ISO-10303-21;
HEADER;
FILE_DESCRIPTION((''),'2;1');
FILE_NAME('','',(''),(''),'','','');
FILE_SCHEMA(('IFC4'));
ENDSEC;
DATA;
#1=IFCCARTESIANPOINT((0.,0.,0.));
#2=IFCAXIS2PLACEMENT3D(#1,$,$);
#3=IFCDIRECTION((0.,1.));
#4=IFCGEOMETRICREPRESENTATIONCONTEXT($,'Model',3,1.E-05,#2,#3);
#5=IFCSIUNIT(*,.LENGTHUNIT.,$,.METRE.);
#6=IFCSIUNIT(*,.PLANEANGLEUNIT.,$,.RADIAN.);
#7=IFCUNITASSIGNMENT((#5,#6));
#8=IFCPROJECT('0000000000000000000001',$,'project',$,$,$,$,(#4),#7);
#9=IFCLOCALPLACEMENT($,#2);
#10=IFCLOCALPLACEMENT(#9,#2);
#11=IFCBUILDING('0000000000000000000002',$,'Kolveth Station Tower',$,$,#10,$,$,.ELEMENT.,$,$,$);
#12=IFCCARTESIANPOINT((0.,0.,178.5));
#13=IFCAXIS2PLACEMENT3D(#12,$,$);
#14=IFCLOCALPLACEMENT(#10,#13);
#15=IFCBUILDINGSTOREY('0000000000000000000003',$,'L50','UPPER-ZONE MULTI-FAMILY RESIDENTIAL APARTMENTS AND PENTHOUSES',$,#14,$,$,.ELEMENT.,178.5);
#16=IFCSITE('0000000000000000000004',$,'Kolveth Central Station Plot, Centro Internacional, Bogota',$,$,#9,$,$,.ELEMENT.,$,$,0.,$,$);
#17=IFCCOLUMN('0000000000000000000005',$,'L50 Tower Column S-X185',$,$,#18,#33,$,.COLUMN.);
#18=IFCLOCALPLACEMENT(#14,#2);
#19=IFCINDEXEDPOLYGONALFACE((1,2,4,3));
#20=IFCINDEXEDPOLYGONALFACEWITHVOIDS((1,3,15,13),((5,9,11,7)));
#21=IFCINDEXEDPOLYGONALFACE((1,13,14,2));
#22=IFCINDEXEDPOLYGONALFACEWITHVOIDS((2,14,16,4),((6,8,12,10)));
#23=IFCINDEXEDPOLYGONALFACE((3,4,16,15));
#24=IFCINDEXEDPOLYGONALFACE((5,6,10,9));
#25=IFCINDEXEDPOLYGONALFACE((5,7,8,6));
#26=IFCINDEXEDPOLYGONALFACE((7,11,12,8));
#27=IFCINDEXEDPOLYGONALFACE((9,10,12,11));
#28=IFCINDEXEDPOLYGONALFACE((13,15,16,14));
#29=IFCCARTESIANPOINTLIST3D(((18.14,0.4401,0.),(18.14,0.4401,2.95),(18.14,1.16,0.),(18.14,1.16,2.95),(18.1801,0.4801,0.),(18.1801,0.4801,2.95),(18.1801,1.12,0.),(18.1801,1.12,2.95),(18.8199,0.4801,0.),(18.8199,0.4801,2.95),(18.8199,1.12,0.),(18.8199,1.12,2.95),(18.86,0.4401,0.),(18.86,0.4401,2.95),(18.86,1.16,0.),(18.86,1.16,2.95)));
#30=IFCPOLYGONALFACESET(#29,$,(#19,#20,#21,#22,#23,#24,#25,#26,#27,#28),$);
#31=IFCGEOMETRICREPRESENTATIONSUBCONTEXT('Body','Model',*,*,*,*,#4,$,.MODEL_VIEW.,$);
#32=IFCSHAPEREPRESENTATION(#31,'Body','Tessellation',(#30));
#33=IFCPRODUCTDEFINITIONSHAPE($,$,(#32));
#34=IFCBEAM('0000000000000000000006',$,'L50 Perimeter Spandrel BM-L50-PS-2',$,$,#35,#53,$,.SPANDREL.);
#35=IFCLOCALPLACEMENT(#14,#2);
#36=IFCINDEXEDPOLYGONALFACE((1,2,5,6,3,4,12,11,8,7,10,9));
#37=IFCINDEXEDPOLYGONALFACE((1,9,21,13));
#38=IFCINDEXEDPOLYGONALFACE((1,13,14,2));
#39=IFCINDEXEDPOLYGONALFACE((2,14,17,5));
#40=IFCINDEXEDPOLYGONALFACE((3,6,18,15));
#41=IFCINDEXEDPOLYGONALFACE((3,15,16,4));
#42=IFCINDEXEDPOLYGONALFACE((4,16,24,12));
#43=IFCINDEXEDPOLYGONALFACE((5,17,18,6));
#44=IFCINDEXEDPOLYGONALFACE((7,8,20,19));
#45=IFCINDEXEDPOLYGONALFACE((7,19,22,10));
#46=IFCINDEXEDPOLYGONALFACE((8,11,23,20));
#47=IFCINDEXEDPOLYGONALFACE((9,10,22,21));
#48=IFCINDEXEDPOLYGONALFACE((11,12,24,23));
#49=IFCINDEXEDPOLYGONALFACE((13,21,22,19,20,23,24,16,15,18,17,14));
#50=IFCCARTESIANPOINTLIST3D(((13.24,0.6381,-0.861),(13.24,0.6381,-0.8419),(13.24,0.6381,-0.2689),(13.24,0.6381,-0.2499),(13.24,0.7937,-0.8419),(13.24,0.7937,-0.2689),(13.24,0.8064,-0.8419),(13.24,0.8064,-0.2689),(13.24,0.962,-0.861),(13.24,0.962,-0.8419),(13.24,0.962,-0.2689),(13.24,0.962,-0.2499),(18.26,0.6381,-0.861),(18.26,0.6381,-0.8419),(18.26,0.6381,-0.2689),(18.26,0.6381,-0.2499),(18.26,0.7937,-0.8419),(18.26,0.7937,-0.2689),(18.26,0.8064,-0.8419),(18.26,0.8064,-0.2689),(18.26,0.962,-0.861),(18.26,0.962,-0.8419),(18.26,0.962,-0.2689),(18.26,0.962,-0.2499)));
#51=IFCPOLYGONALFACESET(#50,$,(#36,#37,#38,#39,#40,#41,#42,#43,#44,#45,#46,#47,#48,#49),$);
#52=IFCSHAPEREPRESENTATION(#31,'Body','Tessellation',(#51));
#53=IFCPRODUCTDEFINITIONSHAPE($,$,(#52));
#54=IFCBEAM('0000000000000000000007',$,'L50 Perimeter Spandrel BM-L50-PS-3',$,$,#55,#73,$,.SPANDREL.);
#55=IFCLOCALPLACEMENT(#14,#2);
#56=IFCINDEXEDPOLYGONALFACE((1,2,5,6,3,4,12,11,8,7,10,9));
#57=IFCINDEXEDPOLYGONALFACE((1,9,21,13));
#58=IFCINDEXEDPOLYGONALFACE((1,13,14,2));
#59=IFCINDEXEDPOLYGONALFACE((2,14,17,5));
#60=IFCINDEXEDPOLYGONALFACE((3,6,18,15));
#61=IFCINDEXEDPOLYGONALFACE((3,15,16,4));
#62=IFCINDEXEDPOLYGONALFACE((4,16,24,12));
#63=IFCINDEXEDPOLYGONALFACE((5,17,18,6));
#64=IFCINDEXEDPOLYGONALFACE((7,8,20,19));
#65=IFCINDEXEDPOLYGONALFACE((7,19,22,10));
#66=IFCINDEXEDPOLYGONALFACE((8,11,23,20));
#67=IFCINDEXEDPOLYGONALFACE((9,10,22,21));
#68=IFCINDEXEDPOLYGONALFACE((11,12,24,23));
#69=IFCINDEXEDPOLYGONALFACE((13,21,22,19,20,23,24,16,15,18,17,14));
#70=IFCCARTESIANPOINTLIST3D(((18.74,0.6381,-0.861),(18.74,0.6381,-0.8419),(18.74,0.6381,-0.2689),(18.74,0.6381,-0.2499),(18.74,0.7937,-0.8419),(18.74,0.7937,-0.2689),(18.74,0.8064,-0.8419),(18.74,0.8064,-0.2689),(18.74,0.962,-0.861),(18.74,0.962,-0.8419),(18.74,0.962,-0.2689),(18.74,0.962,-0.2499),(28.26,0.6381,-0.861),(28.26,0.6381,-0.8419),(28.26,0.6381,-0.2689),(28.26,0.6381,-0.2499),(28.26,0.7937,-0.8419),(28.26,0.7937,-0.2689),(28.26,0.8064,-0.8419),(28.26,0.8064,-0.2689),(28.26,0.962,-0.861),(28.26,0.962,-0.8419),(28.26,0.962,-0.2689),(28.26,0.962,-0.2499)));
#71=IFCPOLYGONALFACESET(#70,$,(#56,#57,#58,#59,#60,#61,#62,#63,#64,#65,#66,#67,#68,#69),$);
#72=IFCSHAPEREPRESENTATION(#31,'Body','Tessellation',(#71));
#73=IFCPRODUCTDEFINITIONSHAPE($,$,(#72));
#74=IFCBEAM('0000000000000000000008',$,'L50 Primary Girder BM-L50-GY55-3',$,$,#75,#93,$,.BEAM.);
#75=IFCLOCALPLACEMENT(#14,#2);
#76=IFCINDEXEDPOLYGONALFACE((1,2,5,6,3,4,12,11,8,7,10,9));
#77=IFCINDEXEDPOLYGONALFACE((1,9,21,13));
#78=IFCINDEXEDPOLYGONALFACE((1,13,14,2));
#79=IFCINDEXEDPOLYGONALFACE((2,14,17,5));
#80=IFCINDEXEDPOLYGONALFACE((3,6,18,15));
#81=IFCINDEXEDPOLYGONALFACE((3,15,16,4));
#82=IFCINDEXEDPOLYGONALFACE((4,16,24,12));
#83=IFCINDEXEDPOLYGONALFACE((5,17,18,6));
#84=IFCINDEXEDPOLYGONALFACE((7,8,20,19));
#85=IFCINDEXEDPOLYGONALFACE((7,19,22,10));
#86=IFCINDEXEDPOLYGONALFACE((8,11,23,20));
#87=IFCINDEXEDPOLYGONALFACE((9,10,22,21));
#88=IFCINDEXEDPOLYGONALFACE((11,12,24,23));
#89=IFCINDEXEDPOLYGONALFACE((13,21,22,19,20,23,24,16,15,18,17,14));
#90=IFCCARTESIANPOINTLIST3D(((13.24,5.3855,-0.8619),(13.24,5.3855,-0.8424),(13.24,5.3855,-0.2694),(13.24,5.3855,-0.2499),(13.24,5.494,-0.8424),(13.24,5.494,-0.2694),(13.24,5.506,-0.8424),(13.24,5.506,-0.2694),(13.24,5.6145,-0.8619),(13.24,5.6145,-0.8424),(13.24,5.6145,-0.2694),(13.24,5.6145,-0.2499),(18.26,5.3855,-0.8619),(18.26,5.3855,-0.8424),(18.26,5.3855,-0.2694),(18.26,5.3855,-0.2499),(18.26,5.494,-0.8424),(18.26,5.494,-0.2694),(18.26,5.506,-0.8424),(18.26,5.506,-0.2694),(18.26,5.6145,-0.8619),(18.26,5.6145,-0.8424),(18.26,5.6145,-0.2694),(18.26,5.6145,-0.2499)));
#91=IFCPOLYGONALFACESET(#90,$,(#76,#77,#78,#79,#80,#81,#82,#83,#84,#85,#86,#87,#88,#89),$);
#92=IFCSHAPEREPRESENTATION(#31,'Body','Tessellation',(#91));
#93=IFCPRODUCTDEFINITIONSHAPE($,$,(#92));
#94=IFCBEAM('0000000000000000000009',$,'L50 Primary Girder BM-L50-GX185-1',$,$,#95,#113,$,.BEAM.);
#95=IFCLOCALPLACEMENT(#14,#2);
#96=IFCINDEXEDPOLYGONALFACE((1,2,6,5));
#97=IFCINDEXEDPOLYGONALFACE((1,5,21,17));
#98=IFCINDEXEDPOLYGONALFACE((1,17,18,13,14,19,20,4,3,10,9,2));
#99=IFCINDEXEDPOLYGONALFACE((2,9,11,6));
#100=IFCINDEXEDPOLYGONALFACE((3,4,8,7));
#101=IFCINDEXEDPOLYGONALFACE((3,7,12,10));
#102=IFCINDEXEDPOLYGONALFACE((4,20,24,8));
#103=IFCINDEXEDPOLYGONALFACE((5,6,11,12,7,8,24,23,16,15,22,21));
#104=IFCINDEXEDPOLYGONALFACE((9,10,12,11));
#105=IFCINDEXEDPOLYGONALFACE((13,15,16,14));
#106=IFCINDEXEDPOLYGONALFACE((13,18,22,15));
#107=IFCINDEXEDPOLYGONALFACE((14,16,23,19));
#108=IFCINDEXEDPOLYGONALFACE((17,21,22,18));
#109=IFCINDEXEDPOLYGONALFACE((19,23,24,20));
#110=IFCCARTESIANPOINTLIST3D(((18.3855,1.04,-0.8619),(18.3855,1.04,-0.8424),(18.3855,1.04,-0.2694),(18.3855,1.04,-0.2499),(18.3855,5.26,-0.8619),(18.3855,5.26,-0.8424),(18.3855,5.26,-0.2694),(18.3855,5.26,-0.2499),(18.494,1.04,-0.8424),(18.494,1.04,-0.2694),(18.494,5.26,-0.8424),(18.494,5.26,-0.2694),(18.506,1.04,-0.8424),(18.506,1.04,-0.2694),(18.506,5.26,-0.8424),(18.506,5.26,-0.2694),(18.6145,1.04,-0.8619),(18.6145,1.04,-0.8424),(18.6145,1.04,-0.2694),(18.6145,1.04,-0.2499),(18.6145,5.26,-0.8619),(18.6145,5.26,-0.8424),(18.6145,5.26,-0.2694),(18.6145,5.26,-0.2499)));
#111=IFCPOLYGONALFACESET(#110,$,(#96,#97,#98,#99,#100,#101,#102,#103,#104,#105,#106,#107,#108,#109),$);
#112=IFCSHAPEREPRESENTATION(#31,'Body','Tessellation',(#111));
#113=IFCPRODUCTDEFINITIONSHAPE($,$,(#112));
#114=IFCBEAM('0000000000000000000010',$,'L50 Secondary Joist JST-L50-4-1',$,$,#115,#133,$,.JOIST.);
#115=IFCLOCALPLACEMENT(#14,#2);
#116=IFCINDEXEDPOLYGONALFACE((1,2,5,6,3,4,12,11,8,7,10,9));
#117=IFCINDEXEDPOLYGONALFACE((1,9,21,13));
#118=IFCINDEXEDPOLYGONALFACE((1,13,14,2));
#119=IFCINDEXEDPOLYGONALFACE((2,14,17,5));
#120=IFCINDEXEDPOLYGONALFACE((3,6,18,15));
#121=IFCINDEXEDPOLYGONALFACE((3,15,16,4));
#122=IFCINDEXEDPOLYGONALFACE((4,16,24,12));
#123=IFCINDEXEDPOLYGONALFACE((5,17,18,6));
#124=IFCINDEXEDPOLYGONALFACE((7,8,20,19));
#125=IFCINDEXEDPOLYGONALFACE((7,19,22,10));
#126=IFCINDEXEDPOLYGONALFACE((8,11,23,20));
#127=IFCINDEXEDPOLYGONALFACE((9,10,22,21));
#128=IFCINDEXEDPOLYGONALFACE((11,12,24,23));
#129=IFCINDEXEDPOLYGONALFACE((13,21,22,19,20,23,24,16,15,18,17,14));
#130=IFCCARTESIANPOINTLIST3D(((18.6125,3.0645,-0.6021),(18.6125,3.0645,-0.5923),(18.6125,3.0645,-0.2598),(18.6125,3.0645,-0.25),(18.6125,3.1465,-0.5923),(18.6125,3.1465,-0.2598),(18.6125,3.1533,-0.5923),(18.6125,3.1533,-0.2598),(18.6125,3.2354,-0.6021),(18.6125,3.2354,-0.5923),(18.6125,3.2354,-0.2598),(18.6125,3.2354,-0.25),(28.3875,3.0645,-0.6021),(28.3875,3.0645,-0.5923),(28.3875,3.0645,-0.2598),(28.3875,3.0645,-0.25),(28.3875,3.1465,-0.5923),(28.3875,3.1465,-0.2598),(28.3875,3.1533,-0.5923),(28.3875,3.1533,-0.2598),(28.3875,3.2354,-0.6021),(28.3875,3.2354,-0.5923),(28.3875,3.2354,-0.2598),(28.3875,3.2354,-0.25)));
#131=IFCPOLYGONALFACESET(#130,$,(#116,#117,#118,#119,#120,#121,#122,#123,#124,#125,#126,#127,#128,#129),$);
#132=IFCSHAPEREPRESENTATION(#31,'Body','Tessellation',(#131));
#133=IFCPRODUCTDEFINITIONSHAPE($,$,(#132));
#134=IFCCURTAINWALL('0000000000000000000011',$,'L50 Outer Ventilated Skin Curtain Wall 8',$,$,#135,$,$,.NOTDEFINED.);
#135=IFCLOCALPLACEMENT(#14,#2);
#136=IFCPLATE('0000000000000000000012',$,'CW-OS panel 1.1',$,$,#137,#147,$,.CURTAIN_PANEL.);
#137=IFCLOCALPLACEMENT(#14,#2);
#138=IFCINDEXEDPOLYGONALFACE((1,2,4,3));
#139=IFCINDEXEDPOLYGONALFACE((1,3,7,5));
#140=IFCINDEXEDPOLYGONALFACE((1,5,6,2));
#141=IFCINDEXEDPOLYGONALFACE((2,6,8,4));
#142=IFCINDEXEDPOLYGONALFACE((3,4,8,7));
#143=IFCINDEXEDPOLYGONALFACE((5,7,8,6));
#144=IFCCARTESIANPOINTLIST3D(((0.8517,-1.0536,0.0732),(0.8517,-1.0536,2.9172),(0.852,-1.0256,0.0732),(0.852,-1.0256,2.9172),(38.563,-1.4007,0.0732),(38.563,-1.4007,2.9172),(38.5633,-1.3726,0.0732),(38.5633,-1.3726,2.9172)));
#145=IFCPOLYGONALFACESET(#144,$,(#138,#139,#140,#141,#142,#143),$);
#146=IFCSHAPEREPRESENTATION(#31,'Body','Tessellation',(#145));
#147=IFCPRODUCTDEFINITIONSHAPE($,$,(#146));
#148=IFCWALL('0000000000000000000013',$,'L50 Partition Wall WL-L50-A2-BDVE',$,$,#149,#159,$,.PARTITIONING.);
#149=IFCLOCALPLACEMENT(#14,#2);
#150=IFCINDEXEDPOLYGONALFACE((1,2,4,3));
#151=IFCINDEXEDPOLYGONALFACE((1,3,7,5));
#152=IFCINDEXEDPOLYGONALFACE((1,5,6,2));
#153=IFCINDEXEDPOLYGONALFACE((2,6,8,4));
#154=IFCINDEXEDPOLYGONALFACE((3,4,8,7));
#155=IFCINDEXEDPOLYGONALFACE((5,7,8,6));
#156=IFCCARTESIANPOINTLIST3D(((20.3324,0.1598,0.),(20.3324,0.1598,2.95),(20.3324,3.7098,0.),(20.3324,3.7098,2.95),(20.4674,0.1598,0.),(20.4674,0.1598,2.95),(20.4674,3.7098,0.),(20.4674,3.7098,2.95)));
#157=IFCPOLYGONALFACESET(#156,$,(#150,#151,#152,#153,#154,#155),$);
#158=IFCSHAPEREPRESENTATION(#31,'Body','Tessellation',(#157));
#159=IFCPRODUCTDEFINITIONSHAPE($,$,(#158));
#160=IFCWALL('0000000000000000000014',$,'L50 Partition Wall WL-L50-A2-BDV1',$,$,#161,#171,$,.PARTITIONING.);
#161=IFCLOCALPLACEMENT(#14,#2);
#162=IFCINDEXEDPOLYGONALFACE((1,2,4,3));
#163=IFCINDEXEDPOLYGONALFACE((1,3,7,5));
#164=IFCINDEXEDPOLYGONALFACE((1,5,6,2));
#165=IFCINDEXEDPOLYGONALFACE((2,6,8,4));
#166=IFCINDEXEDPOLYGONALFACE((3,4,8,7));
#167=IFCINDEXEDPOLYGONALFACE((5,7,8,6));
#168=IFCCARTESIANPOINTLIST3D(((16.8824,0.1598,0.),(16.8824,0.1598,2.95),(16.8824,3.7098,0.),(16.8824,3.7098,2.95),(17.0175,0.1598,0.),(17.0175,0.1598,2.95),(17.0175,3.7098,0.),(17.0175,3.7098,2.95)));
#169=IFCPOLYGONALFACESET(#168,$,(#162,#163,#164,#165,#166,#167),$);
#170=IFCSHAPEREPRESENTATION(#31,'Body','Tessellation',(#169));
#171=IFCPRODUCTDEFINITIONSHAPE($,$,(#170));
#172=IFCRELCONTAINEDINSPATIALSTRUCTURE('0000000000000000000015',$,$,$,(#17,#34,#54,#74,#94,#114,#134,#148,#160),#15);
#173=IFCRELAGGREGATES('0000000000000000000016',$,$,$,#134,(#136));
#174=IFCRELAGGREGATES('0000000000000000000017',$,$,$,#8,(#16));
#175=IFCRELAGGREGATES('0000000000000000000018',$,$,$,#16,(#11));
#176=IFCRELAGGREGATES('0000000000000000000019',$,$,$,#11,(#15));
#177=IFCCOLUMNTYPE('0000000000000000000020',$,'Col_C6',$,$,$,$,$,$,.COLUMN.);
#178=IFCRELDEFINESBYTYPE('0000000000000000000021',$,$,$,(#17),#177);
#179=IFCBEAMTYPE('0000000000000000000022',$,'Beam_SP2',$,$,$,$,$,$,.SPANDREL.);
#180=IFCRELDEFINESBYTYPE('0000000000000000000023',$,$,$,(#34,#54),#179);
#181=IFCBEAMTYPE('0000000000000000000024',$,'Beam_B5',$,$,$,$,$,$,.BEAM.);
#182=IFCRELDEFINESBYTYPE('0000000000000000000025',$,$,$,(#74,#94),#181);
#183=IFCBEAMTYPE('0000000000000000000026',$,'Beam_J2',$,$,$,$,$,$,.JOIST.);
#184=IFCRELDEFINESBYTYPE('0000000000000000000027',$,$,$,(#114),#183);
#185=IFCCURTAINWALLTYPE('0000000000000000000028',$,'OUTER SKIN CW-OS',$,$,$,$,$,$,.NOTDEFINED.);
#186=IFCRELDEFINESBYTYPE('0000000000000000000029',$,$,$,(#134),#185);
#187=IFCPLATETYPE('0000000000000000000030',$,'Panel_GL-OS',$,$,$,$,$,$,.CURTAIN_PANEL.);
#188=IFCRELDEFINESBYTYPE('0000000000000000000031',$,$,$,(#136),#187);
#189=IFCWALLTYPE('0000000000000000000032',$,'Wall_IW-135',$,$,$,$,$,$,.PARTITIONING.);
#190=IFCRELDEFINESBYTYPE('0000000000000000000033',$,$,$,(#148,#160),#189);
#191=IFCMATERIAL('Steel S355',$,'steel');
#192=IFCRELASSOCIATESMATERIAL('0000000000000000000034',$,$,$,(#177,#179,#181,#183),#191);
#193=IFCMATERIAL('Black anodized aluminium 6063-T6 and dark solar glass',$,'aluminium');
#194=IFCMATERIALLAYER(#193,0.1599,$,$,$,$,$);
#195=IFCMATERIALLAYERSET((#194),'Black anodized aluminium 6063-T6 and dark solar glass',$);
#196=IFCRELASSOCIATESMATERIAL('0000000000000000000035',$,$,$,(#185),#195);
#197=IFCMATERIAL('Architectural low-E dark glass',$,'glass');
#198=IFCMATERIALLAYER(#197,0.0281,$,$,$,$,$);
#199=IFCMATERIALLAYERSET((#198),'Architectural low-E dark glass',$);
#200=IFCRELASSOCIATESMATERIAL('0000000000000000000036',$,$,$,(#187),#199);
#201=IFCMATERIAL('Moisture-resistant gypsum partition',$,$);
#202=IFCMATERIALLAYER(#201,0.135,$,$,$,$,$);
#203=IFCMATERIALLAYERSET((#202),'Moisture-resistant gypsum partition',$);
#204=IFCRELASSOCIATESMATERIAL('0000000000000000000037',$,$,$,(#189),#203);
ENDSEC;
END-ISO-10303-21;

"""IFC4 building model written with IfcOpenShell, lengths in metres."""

from ifc_helpers import new_model, si_unit, direction, frame, frame_2d, origin, origin_2d, place, context, subcontext, project, spatial, rectangle, hollow_rectangle, i_section, extrude, source, transform, mapped, material, layer, layer_set, material_profile, profile_set, type_object, element, aggregate, save


model = new_model("IFC4")

# Units and contexts
model_context = context("Model", 3, precision=1e-05, world=origin(), true_north=direction((0.0, 1.0)))
body_context = subcontext(model_context, "Body", "Model", "MODEL_VIEW")
ifc_project = project(units=[si_unit("LENGTHUNIT", "METRE"), si_unit("PLANEANGLEUNIT", "RADIAN")], contexts=[model_context])

# Site, building, storey
site_placement = place(None, origin())
site = spatial("IfcSite", under=ifc_project, at=site_placement, Name="Kolveth Central Station Plot, Centro Internacional, Bogota", CompositionType="ELEMENT", RefElevation=0.0)
building_placement = place(site_placement, origin())
building = spatial("IfcBuilding", under=site, at=building_placement, Name="Kolveth Station Tower", CompositionType="ELEMENT")
storey_placement = place(building_placement, frame((0.0, 0.0, 178.5)))
storey = spatial("IfcBuildingStorey", under=building, at=storey_placement, Name="L50", Description="UPPER-ZONE MULTI-FAMILY RESIDENTIAL APARTMENTS AND PENTHOUSES", CompositionType="ELEMENT", Elevation=178.5)

# Column
ifc_material_1 = material(Name="Steel S355", Category="steel")
ifc_material_profile_1 = material_profile(ifc_material_1, hollow_rectangle(XDim=0.72, YDim=0.72, WallThickness=0.04, at=origin_2d()), Name="BOX720x720x40")
ifc_profile_set_1 = profile_set([ifc_material_profile_1], Name="Steel S355")
column_type = type_object("IfcColumnType", Name="Col_C6", PredefinedType="COLUMN", material=ifc_profile_set_1)
shared_shape_1 = source(origin(), body_context, "Body", "SweptSolid", [
    extrude(hollow_rectangle(XDim=0.72, YDim=0.72, WallThickness=0.04, at=origin_2d()), origin(), (0.0, 0.0, 1.0), 2.95),
])
column_placement = place(storey_placement, frame((18.5, 0.8, 0.0), z_axis=(0.0, 0.0, 1.0), x_axis=(1.0, 0.0, 0.0)))
element("IfcColumn", 1, at=column_placement, inside=storey, type_object=column_type, Name="L50 Tower Column S-X185", PredefinedType="COLUMN", context=body_context, shape_type="MappedRepresentation", body=[
    mapped(shared_shape_1, transform((0.0, 0.0, 0.0), x_axis=(1.0, 0.0, 0.0), y_axis=(0.0, 1.0, 0.0), z_axis=(0.0, 0.0, 1.0), scale=1.0)),
])

# Beams
ifc_material_profile_2 = material_profile(ifc_material_1, i_section(OverallWidth=0.324, OverallDepth=0.6111, WebThickness=0.0127, FlangeThickness=0.019, at=origin_2d()), Name="W610x155")
ifc_profile_set_2 = profile_set([ifc_material_profile_2], Name="Steel S355")
beam_type_1 = type_object("IfcBeamType", Name="Beam_SP2", PredefinedType="SPANDREL", material=ifc_profile_set_2)
shared_shape_2 = source(origin(), body_context, "Body", "SweptSolid", [
    extrude(i_section(OverallWidth=0.324, OverallDepth=0.6111, WebThickness=0.0127, FlangeThickness=0.019, at=origin_2d()), origin(), (0.0, 0.0, 1.0), 5.02),
])
beam_1_placement = place(storey_placement, frame((13.24, 0.8, -0.5554), z_axis=(1.0, 0.0, 0.0), x_axis=(0.0, 1.0, 0.0)))
element("IfcBeam", 2, at=beam_1_placement, inside=storey, type_object=beam_type_1, Name="L50 Perimeter Spandrel BM-L50-PS-2", PredefinedType="SPANDREL", context=body_context, shape_type="MappedRepresentation", body=[
    mapped(shared_shape_2, transform((0.0, 0.0, 0.0), x_axis=(1.0, 0.0, 0.0), y_axis=(0.0, 1.0, 0.0), z_axis=(0.0, 0.0, 1.0), scale=1.0)),
])
shared_shape_3 = source(origin(), body_context, "Body", "SweptSolid", [
    extrude(i_section(OverallWidth=0.324, OverallDepth=0.6111, WebThickness=0.0127, FlangeThickness=0.019, at=origin_2d()), origin(), (0.0, 0.0, 1.0), 9.52),
])
beam_2_placement = place(storey_placement, frame((18.74, 0.8, -0.5554), z_axis=(1.0, 0.0, 0.0), x_axis=(0.0, 1.0, 0.0)))
element("IfcBeam", 3, at=beam_2_placement, inside=storey, type_object=beam_type_1, Name="L50 Perimeter Spandrel BM-L50-PS-3", PredefinedType="SPANDREL", context=body_context, shape_type="MappedRepresentation", body=[
    mapped(shared_shape_3, transform((0.0, 0.0, 0.0), x_axis=(1.0, 0.0, 0.0), y_axis=(0.0, 1.0, 0.0), z_axis=(0.0, 0.0, 1.0), scale=1.0)),
])
ifc_material_profile_3 = material_profile(ifc_material_1, i_section(OverallWidth=0.229, OverallDepth=0.6121, WebThickness=0.012, FlangeThickness=0.0195, at=origin_2d()), Name="W610x125")
ifc_profile_set_3 = profile_set([ifc_material_profile_3], Name="Steel S355")
beam_type_2 = type_object("IfcBeamType", Name="Beam_B5", PredefinedType="BEAM", material=ifc_profile_set_3)
shared_shape_4 = source(origin(), body_context, "Body", "SweptSolid", [
    extrude(i_section(OverallWidth=0.229, OverallDepth=0.6121, WebThickness=0.012, FlangeThickness=0.0195, at=origin_2d()), origin(), (0.0, 0.0, 1.0), 5.02),
])
beam_3_placement = place(storey_placement, frame((13.24, 5.5, -0.5559), z_axis=(1.0, 0.0, 0.0), x_axis=(0.0, 1.0, 0.0)))
element("IfcBeam", 4, at=beam_3_placement, inside=storey, type_object=beam_type_2, Name="L50 Primary Girder BM-L50-GY55-3", PredefinedType="BEAM", context=body_context, shape_type="MappedRepresentation", body=[
    mapped(shared_shape_4, transform((0.0, 0.0, 0.0), x_axis=(1.0, 0.0, 0.0), y_axis=(0.0, 1.0, 0.0), z_axis=(0.0, 0.0, 1.0), scale=1.0)),
])
shared_shape_5 = source(origin(), body_context, "Body", "SweptSolid", [
    extrude(i_section(OverallWidth=0.229, OverallDepth=0.6121, WebThickness=0.012, FlangeThickness=0.0195, at=origin_2d()), origin(), (0.0, 0.0, 1.0), 4.22),
])
beam_4_placement = place(storey_placement, frame((18.5, 1.04, -0.5559), z_axis=(0.0, 1.0, 0.0), x_axis=(-1.0, 0.0, 0.0)))
element("IfcBeam", 5, at=beam_4_placement, inside=storey, type_object=beam_type_2, Name="L50 Primary Girder BM-L50-GX185-1", PredefinedType="BEAM", context=body_context, shape_type="MappedRepresentation", body=[
    mapped(shared_shape_5, transform((0.0, 0.0, 0.0), x_axis=(1.0, 0.0, 0.0), y_axis=(0.0, 1.0, 0.0), z_axis=(0.0, 0.0, 1.0), scale=1.0)),
])
ifc_material_profile_4 = material_profile(ifc_material_1, i_section(OverallWidth=0.1709, OverallDepth=0.3521, WebThickness=0.0068, FlangeThickness=0.0098, at=origin_2d()), Name="W360x44")
ifc_profile_set_4 = profile_set([ifc_material_profile_4], Name="Steel S355")
beam_type_3 = type_object("IfcBeamType", Name="Beam_J2", PredefinedType="JOIST", material=ifc_profile_set_4)
shared_shape_6 = source(origin(), body_context, "Body", "SweptSolid", [
    extrude(i_section(OverallWidth=0.1709, OverallDepth=0.3521, WebThickness=0.0068, FlangeThickness=0.0098, at=origin_2d()), origin(), (0.0, 0.0, 1.0), 9.7749),
])
beam_5_placement = place(storey_placement, frame((18.6125, 3.1499, -0.426), z_axis=(1.0, 0.0, 0.0), x_axis=(0.0, 1.0, 0.0)))
element("IfcBeam", 6, at=beam_5_placement, inside=storey, type_object=beam_type_3, Name="L50 Secondary Joist JST-L50-4-1", PredefinedType="JOIST", context=body_context, shape_type="MappedRepresentation", body=[
    mapped(shared_shape_6, transform((0.0, 0.0, 0.0), x_axis=(1.0, 0.0, 0.0), y_axis=(0.0, 1.0, 0.0), z_axis=(0.0, 0.0, 1.0), scale=1.0)),
])

# Curtain wall, plate
ifc_material_2 = material(Name="Black anodized aluminium 6063-T6 and dark solar glass", Category="aluminium")
ifc_layer_1 = layer(ifc_material_2, 0.1599)
ifc_layer_set_1 = layer_set([ifc_layer_1], Name="Black anodized aluminium 6063-T6 and dark solar glass")
curtain_wall_type = type_object("IfcCurtainWallType", Name="OUTER SKIN CW-OS", PredefinedType="NOTDEFINED", material=ifc_layer_set_1)
curtain_wall_placement = place(storey_placement, origin())
curtain_wall = element("IfcCurtainWall", 7, at=curtain_wall_placement, inside=storey, type_object=curtain_wall_type, Name="L50 Outer Ventilated Skin Curtain Wall 8", PredefinedType="NOTDEFINED")
ifc_material_3 = material(Name="Architectural low-E dark glass", Category="glass")
ifc_layer_2 = layer(ifc_material_3, 0.0281)
ifc_layer_set_2 = layer_set([ifc_layer_2], Name="Architectural low-E dark glass")
plate_type = type_object("IfcPlateType", Name="Panel_GL-OS", PredefinedType="CURTAIN_PANEL", material=ifc_layer_set_2)
shared_shape_7 = source(origin(), body_context, "Body", "SweptSolid", [
    extrude(rectangle(XDim=37.7129, YDim=0.0281, at=origin_2d()), origin(), (0.0, 0.0, 1.0), 2.844),
])
plate_placement = place(storey_placement, frame((19.7075, -1.2131, 0.0732), z_axis=(0.0, 0.0, 1.0), x_axis=(0.999958, -0.009203, 0.0)))
plate = element("IfcPlate", 8, at=plate_placement, type_object=plate_type, Name="CW-OS panel 1.1", PredefinedType="CURTAIN_PANEL", context=body_context, shape_type="MappedRepresentation", body=[
    mapped(shared_shape_7, transform((0.0, 0.0, 0.0), x_axis=(1.0, 0.0, 0.0), y_axis=(0.0, 1.0, 0.0), z_axis=(0.0, 0.0, 1.0), scale=1.0)),
])
aggregate(curtain_wall, [plate])

# Wall
ifc_material_4 = material(Name="Moisture-resistant gypsum partition")
ifc_layer_3 = layer(ifc_material_4, 0.135)
ifc_layer_set_3 = layer_set([ifc_layer_3], Name="Moisture-resistant gypsum partition")
wall_type_1 = type_object("IfcWallType", Name="Wall_IW-135", PredefinedType="PARTITIONING", material=ifc_layer_set_3)
wall_1_placement = place(storey_placement, frame((20.3999, 0.1599, 0.0), z_axis=(0.0, 0.0, 1.0), x_axis=(0.0, 1.0, 0.0)))
element("IfcWall", 9, at=wall_1_placement, inside=storey, type_object=wall_type_1, Name="L50 Partition Wall WL-L50-A2-BDVE", PredefinedType="PARTITIONING", context=body_context, shape_type="SweptSolid", body=[
    extrude(rectangle(XDim=3.55, YDim=0.135, at=frame_2d((1.7749, 0.0))), origin(), (0.0, 0.0, 1.0), 2.95),
])

# Wall
wall_2_placement = place(storey_placement, frame((16.95, 0.1599, 0.0), z_axis=(0.0, 0.0, 1.0), x_axis=(0.0, 1.0, 0.0)))
element("IfcWall", 10, at=wall_2_placement, inside=storey, type_object=wall_type_1, Name="L50 Partition Wall WL-L50-A2-BDV1", PredefinedType="PARTITIONING", context=body_context, shape_type="SweptSolid", body=[
    extrude(rectangle(XDim=3.55, YDim=0.135, at=frame_2d((1.7749, 0.0))), origin(), (0.0, 0.0, 1.0), 2.95),
])

save(model, "model.ifc")
